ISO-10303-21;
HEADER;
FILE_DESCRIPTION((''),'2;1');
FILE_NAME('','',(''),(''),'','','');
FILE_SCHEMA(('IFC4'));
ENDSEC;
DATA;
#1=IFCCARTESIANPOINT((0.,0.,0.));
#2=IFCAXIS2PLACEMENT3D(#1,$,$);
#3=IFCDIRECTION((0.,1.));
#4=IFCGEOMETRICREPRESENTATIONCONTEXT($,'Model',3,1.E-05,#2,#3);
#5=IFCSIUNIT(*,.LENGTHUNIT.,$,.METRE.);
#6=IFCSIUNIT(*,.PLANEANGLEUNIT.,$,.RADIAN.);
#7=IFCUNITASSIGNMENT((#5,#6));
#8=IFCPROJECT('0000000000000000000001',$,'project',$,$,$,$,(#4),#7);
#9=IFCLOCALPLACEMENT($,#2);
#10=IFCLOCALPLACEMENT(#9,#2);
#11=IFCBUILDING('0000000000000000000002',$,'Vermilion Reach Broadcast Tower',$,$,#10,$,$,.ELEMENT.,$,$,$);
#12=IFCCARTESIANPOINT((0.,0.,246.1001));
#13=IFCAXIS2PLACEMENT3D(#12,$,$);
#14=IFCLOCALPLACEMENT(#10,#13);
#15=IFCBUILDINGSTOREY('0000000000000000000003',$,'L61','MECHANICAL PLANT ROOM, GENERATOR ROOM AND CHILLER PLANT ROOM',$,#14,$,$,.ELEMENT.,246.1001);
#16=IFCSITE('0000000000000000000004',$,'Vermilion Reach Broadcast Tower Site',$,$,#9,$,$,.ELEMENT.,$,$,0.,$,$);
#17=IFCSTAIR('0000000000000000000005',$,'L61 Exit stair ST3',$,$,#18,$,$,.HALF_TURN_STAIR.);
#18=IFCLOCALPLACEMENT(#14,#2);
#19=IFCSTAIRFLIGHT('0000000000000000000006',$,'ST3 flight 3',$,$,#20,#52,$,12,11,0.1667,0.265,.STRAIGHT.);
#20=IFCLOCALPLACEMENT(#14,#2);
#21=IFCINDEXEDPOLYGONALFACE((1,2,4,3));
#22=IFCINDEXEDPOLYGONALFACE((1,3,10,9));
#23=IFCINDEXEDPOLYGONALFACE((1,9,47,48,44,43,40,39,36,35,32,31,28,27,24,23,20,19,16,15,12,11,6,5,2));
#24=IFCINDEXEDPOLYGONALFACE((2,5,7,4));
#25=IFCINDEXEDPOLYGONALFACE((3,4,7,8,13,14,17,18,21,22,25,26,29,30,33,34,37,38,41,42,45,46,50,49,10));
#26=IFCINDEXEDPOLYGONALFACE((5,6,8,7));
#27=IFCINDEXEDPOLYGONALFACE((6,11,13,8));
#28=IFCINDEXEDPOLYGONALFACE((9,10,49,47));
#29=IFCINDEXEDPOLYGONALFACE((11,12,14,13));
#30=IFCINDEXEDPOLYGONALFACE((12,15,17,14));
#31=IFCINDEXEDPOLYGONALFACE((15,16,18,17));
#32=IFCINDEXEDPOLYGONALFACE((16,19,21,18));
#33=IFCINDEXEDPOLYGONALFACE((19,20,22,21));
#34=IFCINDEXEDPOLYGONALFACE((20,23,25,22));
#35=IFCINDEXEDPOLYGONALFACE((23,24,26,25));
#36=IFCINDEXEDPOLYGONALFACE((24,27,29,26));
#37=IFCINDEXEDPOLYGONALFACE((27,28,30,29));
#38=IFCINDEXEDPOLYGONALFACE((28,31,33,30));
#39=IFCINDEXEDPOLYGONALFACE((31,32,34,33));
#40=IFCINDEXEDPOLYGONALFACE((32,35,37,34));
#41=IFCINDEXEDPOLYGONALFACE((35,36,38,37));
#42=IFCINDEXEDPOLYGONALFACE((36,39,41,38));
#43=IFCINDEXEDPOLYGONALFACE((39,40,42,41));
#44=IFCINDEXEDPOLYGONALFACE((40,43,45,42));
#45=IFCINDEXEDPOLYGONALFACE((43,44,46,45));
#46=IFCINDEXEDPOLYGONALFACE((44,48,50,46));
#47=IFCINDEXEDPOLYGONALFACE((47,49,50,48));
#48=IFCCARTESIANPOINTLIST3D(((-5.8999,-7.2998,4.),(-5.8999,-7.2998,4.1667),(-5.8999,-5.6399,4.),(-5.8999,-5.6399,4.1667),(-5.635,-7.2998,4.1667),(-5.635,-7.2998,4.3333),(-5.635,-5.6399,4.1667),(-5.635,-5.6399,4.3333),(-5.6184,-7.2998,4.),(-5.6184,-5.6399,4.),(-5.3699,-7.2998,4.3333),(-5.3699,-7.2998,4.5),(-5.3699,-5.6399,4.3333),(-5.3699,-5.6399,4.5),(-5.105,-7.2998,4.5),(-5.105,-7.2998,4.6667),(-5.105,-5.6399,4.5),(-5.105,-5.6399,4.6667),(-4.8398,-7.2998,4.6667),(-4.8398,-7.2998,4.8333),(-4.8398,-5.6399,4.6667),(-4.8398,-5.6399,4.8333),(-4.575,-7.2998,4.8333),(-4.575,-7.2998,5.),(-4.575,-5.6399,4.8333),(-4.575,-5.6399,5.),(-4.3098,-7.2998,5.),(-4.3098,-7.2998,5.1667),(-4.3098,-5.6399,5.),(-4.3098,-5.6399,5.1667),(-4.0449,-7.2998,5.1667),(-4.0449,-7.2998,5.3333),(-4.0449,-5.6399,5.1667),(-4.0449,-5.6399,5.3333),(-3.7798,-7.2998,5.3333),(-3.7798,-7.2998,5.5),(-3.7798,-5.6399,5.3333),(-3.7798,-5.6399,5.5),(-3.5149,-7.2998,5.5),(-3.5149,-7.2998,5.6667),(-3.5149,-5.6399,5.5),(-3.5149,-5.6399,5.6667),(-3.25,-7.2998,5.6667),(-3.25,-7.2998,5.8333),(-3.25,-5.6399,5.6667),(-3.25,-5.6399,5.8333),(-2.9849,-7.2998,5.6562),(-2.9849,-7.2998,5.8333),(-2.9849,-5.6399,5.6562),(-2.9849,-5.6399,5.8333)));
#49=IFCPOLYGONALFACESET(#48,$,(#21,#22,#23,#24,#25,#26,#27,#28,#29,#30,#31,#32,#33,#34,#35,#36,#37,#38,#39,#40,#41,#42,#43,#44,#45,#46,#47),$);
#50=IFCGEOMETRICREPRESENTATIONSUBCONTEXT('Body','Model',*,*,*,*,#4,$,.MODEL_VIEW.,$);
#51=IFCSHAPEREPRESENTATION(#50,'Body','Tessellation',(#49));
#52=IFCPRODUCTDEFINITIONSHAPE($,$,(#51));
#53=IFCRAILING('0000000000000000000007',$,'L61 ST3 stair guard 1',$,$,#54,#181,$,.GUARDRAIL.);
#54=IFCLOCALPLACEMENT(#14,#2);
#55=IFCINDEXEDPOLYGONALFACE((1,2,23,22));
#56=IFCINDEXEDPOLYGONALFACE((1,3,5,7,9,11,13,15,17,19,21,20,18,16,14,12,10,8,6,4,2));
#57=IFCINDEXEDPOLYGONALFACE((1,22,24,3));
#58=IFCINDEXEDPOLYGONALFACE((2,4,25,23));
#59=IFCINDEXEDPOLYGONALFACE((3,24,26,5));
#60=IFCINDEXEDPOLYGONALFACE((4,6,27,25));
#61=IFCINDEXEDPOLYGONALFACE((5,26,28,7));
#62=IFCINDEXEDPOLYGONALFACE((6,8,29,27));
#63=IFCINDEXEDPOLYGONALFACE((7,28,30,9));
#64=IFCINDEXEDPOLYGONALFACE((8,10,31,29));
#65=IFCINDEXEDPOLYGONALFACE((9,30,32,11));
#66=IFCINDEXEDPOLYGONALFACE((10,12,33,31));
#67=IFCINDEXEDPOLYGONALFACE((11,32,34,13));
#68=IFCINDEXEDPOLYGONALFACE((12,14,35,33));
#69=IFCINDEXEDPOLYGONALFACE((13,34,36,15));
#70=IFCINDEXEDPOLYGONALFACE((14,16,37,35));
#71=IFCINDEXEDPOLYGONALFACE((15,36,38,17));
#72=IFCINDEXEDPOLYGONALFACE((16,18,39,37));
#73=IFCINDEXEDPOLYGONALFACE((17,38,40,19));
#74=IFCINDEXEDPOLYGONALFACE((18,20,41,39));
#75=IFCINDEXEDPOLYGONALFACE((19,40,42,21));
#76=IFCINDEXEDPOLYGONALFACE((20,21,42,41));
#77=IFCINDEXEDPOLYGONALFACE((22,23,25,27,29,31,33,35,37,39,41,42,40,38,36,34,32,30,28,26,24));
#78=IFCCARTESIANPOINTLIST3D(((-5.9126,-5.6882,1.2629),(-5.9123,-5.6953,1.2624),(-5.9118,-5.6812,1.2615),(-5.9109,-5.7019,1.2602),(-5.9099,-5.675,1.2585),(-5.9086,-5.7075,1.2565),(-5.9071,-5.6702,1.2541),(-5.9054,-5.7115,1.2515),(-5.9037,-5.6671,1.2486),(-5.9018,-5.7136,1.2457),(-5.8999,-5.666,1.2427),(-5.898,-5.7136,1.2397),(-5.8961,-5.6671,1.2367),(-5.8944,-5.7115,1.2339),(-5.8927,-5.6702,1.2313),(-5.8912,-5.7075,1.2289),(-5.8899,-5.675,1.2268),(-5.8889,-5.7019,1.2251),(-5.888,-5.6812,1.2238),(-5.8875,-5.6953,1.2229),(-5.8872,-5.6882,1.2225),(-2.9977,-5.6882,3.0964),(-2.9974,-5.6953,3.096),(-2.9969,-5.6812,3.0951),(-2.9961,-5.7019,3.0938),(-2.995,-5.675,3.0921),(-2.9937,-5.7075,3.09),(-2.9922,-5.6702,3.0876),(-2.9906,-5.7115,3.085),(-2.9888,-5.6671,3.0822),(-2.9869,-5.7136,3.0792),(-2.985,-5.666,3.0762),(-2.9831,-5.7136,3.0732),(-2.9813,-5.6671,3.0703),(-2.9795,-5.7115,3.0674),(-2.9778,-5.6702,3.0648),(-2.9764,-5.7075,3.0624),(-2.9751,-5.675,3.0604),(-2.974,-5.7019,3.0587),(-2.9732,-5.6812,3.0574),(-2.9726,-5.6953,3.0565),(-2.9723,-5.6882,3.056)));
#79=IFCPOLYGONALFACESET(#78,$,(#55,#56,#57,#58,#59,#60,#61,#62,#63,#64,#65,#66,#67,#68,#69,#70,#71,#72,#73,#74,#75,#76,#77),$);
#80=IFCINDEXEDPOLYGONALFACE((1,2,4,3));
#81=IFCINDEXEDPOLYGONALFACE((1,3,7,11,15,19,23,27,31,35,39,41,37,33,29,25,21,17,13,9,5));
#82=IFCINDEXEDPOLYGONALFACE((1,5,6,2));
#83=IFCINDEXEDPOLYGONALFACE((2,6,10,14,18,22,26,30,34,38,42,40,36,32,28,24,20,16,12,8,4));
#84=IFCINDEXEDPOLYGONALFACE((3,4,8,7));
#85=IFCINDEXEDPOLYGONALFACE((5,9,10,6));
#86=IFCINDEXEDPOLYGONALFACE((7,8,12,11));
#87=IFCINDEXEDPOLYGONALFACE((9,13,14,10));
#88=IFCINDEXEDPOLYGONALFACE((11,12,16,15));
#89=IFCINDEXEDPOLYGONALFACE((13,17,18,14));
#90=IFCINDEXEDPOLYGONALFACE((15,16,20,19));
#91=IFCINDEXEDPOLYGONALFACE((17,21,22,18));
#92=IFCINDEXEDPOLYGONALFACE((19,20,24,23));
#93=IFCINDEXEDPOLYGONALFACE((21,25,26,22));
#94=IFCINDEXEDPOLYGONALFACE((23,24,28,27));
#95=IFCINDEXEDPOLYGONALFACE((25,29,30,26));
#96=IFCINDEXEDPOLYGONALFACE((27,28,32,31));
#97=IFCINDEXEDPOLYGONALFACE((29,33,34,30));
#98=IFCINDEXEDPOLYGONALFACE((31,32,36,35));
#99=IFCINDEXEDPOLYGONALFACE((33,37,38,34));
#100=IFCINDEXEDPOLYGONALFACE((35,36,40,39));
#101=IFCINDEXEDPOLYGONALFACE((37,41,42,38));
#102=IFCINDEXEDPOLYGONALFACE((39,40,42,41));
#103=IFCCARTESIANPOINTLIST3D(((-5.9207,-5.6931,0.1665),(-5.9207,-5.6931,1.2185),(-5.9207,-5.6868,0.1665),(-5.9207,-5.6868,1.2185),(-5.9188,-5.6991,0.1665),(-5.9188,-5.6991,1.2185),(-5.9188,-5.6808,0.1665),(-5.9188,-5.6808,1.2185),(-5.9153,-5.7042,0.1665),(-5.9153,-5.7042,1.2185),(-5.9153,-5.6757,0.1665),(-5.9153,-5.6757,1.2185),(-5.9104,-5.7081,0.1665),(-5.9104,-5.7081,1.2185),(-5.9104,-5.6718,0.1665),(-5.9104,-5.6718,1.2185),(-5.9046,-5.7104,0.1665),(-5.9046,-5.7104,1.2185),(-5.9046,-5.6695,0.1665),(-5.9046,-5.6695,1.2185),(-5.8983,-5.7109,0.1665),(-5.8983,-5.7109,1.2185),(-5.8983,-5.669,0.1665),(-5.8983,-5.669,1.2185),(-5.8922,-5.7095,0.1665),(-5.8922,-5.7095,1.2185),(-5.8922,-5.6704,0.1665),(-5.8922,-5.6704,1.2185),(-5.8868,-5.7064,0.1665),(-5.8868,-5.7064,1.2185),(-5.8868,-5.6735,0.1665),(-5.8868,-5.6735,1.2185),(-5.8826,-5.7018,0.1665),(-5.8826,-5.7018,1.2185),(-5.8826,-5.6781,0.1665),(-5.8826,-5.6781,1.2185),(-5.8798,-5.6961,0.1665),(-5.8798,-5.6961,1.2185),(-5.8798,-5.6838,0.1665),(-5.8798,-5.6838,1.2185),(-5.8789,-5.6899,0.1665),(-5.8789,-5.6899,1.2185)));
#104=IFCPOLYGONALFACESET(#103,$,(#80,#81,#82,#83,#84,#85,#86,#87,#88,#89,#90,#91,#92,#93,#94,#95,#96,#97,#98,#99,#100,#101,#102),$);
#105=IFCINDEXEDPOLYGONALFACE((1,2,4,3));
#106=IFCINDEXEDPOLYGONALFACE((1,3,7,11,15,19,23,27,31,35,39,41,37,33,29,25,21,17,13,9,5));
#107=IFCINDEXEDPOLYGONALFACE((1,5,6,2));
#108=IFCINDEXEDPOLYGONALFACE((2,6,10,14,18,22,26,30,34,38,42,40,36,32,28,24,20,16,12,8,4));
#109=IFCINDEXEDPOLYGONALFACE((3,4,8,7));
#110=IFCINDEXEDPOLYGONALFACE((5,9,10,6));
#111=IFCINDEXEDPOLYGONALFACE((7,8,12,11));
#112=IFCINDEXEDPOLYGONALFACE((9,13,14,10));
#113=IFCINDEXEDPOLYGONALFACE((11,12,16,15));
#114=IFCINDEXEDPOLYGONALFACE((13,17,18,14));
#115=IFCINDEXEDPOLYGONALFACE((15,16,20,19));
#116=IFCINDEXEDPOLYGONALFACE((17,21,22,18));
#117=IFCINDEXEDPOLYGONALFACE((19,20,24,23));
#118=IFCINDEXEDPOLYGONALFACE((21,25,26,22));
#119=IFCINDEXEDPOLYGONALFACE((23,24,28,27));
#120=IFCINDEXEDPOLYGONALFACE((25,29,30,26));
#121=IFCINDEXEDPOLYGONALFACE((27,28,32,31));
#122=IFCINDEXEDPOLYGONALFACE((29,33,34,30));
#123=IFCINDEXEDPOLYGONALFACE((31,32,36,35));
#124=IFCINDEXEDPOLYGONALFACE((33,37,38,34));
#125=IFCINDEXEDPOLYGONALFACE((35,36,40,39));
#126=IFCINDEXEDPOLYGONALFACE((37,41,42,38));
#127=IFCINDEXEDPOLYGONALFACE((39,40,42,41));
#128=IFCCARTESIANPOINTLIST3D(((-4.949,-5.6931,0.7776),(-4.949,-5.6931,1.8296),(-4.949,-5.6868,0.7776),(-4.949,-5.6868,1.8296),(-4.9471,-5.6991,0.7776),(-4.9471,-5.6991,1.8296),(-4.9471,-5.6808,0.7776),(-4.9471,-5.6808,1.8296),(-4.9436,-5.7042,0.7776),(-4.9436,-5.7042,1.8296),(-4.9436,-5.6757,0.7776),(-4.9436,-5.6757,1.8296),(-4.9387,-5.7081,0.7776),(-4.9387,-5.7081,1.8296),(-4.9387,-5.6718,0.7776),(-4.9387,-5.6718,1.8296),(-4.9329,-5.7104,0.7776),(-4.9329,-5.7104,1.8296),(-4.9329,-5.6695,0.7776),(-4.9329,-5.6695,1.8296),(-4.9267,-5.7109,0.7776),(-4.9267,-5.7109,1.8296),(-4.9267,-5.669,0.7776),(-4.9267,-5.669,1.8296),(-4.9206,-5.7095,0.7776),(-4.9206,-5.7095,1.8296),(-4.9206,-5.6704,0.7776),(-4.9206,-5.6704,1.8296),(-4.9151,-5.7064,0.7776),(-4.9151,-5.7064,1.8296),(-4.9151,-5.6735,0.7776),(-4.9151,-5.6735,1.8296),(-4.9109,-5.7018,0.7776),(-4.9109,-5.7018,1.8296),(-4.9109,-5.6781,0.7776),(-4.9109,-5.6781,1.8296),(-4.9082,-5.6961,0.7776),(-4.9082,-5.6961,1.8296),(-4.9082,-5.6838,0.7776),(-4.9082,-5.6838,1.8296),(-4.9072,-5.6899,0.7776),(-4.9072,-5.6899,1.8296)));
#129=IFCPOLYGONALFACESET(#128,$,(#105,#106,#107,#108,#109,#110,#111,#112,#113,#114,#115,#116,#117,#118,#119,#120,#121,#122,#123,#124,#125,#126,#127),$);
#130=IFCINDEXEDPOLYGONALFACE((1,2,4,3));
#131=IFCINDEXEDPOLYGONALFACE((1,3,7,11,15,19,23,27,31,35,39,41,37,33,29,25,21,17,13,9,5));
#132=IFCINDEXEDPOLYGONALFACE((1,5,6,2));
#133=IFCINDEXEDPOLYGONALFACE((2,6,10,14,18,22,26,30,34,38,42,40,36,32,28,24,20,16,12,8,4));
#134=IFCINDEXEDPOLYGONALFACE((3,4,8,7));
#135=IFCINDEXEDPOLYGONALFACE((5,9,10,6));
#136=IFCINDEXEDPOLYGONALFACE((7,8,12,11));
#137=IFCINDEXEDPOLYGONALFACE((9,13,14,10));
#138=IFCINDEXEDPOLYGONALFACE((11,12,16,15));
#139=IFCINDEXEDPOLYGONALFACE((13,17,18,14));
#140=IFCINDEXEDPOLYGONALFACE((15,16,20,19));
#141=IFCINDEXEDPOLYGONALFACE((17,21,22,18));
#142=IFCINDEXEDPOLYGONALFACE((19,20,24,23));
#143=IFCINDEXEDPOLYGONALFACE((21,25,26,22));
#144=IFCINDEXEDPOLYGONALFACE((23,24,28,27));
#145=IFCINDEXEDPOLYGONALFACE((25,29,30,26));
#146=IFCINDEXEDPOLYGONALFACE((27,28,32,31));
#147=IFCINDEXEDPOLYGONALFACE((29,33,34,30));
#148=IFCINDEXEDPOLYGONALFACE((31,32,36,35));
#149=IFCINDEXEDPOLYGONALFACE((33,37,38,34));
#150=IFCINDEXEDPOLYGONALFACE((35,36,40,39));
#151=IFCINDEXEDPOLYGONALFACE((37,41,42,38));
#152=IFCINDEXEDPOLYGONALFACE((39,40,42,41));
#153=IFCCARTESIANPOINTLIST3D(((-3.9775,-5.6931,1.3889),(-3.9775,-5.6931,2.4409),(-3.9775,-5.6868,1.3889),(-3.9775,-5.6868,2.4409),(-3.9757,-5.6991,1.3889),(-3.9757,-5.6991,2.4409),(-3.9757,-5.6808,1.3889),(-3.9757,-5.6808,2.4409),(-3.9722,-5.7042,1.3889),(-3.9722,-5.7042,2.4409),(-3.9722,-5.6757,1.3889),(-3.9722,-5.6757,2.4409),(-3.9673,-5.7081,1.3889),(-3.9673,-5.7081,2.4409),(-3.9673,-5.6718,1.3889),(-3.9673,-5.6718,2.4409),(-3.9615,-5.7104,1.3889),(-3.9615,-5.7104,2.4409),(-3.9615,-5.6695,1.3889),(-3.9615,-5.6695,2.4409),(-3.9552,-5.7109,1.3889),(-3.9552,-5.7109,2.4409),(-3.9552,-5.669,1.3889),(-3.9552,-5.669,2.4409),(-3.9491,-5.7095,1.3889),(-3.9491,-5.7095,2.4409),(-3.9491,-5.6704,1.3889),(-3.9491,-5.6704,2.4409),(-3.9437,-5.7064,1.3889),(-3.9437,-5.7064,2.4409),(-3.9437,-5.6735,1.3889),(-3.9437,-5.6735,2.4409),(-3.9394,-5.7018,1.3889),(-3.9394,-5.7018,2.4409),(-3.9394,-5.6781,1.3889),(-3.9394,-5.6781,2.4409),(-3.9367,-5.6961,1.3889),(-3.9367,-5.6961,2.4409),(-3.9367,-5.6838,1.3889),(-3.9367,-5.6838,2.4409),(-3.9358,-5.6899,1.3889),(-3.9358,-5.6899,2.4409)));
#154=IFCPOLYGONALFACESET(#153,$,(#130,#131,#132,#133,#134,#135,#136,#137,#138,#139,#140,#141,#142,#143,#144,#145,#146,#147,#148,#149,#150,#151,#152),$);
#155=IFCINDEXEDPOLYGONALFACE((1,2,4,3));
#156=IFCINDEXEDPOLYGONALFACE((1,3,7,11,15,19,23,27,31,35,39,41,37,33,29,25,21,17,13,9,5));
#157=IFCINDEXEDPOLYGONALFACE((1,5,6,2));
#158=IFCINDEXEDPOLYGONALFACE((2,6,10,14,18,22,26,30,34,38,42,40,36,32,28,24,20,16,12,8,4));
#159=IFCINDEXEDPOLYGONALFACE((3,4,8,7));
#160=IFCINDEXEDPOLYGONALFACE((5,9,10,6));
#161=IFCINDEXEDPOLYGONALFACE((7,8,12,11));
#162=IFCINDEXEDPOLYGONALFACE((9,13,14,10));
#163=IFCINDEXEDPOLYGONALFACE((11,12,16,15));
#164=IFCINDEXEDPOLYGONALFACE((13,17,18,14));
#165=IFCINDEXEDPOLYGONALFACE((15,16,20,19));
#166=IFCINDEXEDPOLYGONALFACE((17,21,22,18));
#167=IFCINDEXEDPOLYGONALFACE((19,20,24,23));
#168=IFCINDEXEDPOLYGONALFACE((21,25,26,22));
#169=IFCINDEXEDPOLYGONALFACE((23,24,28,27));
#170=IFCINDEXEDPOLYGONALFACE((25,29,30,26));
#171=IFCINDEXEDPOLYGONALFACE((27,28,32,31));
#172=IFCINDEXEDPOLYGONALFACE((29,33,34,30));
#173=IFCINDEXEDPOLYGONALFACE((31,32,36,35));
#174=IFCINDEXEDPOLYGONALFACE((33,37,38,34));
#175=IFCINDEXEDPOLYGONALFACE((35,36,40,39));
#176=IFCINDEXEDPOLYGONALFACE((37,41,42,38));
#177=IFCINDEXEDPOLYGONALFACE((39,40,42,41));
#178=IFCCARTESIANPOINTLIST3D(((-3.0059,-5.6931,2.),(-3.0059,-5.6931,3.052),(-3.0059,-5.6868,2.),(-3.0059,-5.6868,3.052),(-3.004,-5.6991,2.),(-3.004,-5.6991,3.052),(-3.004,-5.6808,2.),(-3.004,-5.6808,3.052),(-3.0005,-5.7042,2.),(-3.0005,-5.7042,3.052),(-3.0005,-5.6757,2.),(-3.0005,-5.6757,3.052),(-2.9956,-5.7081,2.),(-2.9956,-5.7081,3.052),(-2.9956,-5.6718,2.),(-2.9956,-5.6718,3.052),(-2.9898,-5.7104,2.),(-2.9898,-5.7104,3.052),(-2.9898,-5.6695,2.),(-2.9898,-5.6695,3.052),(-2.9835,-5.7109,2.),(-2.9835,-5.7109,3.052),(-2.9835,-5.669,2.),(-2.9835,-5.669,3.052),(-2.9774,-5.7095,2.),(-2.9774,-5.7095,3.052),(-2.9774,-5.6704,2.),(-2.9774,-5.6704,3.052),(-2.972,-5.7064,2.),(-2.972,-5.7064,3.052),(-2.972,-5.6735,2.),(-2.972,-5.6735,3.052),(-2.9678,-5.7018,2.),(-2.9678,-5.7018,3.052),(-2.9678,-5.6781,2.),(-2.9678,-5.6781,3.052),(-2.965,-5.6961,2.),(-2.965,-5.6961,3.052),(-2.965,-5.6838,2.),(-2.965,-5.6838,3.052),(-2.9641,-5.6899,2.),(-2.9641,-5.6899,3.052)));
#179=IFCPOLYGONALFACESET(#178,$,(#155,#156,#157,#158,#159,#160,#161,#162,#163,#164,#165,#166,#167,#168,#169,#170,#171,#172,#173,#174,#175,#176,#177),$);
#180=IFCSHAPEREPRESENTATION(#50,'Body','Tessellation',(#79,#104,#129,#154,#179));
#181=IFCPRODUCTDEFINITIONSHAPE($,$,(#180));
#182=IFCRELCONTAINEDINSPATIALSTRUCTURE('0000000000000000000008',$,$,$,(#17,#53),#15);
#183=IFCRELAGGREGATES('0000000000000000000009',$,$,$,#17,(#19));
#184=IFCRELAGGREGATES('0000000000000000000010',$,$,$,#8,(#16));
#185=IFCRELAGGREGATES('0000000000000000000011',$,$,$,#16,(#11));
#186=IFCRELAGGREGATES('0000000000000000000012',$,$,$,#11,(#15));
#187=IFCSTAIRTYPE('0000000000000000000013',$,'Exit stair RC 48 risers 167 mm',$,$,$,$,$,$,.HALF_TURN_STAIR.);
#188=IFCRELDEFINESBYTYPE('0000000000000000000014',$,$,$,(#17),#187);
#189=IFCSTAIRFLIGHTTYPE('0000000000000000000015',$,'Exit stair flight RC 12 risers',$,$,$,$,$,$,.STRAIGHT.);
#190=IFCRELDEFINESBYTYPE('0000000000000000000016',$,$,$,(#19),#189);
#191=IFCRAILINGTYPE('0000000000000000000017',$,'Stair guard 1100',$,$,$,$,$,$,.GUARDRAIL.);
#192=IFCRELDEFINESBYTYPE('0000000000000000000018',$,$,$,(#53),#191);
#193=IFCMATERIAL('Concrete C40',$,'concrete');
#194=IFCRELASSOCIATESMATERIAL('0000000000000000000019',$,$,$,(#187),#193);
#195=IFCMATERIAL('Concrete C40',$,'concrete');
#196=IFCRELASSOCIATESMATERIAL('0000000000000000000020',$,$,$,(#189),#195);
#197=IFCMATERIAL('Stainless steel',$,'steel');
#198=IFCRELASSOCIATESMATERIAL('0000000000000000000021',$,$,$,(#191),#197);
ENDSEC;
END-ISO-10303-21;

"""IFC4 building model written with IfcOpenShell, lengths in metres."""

from ifc_helpers import new_model, si_unit, direction, frame, origin, origin_2d, place, context, subcontext, project, spatial, polyline, circle, outline, extrude, material, type_object, element, aggregate, save


model = new_model("IFC4")

# Units and contexts
model_context = context("Model", 3, precision=1e-05, world=origin(), true_north=direction((0.0, 1.0)))
body_context = subcontext(model_context, "Body", "Model", "MODEL_VIEW")
ifc_project = project(units=[si_unit("LENGTHUNIT", "METRE"), si_unit("PLANEANGLEUNIT", "RADIAN")], contexts=[model_context])

# Site, building, storey
site_placement = place(None, origin())
site = spatial("IfcSite", under=ifc_project, at=site_placement, Name="Vermilion Reach Broadcast Tower Site", CompositionType="ELEMENT", RefElevation=0.0)
building_placement = place(site_placement, origin())
building = spatial("IfcBuilding", under=site, at=building_placement, Name="Vermilion Reach Broadcast Tower", CompositionType="ELEMENT")
storey_placement = place(building_placement, frame((0.0, 0.0, 246.1001)))
storey = spatial("IfcBuildingStorey", under=building, at=storey_placement, Name="L61", Description="MECHANICAL PLANT ROOM, GENERATOR ROOM AND CHILLER PLANT ROOM", CompositionType="ELEMENT", Elevation=246.1001)

# Stair, stair flight
ifc_material_1 = material(Name="Concrete C40", Category="concrete")
stair_type = type_object("IfcStairType", Name="Exit stair RC 48 risers 167 mm", PredefinedType="HALF_TURN_STAIR", material=ifc_material_1)
stair_placement = place(storey_placement, origin())
stair = element("IfcStair", 1, at=stair_placement, inside=storey, type_object=stair_type, Name="L61 Exit stair ST3", PredefinedType="HALF_TURN_STAIR")
ifc_material_2 = material(Name="Concrete C40", Category="concrete")
stair_flight_type = type_object("IfcStairFlightType", Name="Exit stair flight RC 12 risers", PredefinedType="STRAIGHT", material=ifc_material_2)
stair_flight_1_placement = place(storey_placement, frame((-5.8999, -6.47, 4.0), z_axis=(0.0, 0.0, 1.0), x_axis=(1.0, 0.0, 0.0)))
stair_flight_1 = element("IfcStairFlight", 2, at=stair_flight_1_placement, type_object=stair_flight_type, Name="ST3 flight 3", NumberOfRisers=12, NumberOfTreads=11, PredefinedType="STRAIGHT", RiserHeight=0.1667, TreadLength=0.265, context=body_context, shape_type="SweptSolid", body=[
    extrude(outline(polyline([(0.0, 0.0), (0.0, 0.1667), (0.2649, 0.1667), (0.2649, 0.3333), (0.53, 0.3333), (0.53, 0.5), (0.7949, 0.5), (0.7949, 0.6667), (1.0601, 0.6667), (1.0601, 0.8333), (1.325, 0.8333), (1.325, 1.0), (1.5901, 1.0), (1.5901, 1.1667), (1.855, 1.1667), (1.855, 1.3333), (2.1201, 1.3333), (2.1201, 1.5), (2.385, 1.5), (2.385, 1.6667), (2.6499, 1.6667), (2.6499, 1.8333), (2.915, 1.8333), (2.915, 2.0), (2.915, 1.6562), (0.2815, 0.0), (0.0, 0.0)])), frame((0.0, 0.8301, 0.0), z_axis=(0.0, -1.0, 0.0), x_axis=(1.0, 0.0, 0.0)), (0.0, 0.0, 1.0), 1.6599),
])
aggregate(stair, [stair_flight_1])

# Railing
ifc_material_3 = material(Name="Stainless steel", Category="steel")
railing_type_1 = type_object("IfcRailingType", Name="Stair guard 1100", PredefinedType="GUARDRAIL", material=ifc_material_3)
railing_1_placement = place(storey_placement, frame((-5.8999, -5.6899, 0.1665)))
element("IfcRailing", 3, at=railing_1_placement, inside=storey, type_object=railing_type_1, Name="L61 ST3 stair guard 1", PredefinedType="GUARDRAIL", context=body_context, shape_type="SweptSolid", body=[
    extrude(circle(Radius=0.0239, at=origin_2d()), frame((0.0, 0.0, 1.0762), z_axis=(0.846461, 0.0, 0.53245), x_axis=(0.0, 1.0, 0.0)), (0.0, 0.0, 1.0), 3.4436),
    extrude(circle(Radius=0.021, at=origin_2d()), origin(), (0.0, 0.0, 1.0), 1.052),
    extrude(circle(Radius=0.021, at=origin_2d()), frame((0.9717, 0.0, 0.6111)), (0.0, 0.0, 1.0), 1.052),
    extrude(circle(Radius=0.021, at=origin_2d()), frame((1.9431, 0.0, 1.2224)), (0.0, 0.0, 1.0), 1.052),
    extrude(circle(Radius=0.021, at=origin_2d()), frame((2.9148, 0.0, 1.8335)), (0.0, 0.0, 1.0), 1.052),
])

save(model, "model.ifc")
